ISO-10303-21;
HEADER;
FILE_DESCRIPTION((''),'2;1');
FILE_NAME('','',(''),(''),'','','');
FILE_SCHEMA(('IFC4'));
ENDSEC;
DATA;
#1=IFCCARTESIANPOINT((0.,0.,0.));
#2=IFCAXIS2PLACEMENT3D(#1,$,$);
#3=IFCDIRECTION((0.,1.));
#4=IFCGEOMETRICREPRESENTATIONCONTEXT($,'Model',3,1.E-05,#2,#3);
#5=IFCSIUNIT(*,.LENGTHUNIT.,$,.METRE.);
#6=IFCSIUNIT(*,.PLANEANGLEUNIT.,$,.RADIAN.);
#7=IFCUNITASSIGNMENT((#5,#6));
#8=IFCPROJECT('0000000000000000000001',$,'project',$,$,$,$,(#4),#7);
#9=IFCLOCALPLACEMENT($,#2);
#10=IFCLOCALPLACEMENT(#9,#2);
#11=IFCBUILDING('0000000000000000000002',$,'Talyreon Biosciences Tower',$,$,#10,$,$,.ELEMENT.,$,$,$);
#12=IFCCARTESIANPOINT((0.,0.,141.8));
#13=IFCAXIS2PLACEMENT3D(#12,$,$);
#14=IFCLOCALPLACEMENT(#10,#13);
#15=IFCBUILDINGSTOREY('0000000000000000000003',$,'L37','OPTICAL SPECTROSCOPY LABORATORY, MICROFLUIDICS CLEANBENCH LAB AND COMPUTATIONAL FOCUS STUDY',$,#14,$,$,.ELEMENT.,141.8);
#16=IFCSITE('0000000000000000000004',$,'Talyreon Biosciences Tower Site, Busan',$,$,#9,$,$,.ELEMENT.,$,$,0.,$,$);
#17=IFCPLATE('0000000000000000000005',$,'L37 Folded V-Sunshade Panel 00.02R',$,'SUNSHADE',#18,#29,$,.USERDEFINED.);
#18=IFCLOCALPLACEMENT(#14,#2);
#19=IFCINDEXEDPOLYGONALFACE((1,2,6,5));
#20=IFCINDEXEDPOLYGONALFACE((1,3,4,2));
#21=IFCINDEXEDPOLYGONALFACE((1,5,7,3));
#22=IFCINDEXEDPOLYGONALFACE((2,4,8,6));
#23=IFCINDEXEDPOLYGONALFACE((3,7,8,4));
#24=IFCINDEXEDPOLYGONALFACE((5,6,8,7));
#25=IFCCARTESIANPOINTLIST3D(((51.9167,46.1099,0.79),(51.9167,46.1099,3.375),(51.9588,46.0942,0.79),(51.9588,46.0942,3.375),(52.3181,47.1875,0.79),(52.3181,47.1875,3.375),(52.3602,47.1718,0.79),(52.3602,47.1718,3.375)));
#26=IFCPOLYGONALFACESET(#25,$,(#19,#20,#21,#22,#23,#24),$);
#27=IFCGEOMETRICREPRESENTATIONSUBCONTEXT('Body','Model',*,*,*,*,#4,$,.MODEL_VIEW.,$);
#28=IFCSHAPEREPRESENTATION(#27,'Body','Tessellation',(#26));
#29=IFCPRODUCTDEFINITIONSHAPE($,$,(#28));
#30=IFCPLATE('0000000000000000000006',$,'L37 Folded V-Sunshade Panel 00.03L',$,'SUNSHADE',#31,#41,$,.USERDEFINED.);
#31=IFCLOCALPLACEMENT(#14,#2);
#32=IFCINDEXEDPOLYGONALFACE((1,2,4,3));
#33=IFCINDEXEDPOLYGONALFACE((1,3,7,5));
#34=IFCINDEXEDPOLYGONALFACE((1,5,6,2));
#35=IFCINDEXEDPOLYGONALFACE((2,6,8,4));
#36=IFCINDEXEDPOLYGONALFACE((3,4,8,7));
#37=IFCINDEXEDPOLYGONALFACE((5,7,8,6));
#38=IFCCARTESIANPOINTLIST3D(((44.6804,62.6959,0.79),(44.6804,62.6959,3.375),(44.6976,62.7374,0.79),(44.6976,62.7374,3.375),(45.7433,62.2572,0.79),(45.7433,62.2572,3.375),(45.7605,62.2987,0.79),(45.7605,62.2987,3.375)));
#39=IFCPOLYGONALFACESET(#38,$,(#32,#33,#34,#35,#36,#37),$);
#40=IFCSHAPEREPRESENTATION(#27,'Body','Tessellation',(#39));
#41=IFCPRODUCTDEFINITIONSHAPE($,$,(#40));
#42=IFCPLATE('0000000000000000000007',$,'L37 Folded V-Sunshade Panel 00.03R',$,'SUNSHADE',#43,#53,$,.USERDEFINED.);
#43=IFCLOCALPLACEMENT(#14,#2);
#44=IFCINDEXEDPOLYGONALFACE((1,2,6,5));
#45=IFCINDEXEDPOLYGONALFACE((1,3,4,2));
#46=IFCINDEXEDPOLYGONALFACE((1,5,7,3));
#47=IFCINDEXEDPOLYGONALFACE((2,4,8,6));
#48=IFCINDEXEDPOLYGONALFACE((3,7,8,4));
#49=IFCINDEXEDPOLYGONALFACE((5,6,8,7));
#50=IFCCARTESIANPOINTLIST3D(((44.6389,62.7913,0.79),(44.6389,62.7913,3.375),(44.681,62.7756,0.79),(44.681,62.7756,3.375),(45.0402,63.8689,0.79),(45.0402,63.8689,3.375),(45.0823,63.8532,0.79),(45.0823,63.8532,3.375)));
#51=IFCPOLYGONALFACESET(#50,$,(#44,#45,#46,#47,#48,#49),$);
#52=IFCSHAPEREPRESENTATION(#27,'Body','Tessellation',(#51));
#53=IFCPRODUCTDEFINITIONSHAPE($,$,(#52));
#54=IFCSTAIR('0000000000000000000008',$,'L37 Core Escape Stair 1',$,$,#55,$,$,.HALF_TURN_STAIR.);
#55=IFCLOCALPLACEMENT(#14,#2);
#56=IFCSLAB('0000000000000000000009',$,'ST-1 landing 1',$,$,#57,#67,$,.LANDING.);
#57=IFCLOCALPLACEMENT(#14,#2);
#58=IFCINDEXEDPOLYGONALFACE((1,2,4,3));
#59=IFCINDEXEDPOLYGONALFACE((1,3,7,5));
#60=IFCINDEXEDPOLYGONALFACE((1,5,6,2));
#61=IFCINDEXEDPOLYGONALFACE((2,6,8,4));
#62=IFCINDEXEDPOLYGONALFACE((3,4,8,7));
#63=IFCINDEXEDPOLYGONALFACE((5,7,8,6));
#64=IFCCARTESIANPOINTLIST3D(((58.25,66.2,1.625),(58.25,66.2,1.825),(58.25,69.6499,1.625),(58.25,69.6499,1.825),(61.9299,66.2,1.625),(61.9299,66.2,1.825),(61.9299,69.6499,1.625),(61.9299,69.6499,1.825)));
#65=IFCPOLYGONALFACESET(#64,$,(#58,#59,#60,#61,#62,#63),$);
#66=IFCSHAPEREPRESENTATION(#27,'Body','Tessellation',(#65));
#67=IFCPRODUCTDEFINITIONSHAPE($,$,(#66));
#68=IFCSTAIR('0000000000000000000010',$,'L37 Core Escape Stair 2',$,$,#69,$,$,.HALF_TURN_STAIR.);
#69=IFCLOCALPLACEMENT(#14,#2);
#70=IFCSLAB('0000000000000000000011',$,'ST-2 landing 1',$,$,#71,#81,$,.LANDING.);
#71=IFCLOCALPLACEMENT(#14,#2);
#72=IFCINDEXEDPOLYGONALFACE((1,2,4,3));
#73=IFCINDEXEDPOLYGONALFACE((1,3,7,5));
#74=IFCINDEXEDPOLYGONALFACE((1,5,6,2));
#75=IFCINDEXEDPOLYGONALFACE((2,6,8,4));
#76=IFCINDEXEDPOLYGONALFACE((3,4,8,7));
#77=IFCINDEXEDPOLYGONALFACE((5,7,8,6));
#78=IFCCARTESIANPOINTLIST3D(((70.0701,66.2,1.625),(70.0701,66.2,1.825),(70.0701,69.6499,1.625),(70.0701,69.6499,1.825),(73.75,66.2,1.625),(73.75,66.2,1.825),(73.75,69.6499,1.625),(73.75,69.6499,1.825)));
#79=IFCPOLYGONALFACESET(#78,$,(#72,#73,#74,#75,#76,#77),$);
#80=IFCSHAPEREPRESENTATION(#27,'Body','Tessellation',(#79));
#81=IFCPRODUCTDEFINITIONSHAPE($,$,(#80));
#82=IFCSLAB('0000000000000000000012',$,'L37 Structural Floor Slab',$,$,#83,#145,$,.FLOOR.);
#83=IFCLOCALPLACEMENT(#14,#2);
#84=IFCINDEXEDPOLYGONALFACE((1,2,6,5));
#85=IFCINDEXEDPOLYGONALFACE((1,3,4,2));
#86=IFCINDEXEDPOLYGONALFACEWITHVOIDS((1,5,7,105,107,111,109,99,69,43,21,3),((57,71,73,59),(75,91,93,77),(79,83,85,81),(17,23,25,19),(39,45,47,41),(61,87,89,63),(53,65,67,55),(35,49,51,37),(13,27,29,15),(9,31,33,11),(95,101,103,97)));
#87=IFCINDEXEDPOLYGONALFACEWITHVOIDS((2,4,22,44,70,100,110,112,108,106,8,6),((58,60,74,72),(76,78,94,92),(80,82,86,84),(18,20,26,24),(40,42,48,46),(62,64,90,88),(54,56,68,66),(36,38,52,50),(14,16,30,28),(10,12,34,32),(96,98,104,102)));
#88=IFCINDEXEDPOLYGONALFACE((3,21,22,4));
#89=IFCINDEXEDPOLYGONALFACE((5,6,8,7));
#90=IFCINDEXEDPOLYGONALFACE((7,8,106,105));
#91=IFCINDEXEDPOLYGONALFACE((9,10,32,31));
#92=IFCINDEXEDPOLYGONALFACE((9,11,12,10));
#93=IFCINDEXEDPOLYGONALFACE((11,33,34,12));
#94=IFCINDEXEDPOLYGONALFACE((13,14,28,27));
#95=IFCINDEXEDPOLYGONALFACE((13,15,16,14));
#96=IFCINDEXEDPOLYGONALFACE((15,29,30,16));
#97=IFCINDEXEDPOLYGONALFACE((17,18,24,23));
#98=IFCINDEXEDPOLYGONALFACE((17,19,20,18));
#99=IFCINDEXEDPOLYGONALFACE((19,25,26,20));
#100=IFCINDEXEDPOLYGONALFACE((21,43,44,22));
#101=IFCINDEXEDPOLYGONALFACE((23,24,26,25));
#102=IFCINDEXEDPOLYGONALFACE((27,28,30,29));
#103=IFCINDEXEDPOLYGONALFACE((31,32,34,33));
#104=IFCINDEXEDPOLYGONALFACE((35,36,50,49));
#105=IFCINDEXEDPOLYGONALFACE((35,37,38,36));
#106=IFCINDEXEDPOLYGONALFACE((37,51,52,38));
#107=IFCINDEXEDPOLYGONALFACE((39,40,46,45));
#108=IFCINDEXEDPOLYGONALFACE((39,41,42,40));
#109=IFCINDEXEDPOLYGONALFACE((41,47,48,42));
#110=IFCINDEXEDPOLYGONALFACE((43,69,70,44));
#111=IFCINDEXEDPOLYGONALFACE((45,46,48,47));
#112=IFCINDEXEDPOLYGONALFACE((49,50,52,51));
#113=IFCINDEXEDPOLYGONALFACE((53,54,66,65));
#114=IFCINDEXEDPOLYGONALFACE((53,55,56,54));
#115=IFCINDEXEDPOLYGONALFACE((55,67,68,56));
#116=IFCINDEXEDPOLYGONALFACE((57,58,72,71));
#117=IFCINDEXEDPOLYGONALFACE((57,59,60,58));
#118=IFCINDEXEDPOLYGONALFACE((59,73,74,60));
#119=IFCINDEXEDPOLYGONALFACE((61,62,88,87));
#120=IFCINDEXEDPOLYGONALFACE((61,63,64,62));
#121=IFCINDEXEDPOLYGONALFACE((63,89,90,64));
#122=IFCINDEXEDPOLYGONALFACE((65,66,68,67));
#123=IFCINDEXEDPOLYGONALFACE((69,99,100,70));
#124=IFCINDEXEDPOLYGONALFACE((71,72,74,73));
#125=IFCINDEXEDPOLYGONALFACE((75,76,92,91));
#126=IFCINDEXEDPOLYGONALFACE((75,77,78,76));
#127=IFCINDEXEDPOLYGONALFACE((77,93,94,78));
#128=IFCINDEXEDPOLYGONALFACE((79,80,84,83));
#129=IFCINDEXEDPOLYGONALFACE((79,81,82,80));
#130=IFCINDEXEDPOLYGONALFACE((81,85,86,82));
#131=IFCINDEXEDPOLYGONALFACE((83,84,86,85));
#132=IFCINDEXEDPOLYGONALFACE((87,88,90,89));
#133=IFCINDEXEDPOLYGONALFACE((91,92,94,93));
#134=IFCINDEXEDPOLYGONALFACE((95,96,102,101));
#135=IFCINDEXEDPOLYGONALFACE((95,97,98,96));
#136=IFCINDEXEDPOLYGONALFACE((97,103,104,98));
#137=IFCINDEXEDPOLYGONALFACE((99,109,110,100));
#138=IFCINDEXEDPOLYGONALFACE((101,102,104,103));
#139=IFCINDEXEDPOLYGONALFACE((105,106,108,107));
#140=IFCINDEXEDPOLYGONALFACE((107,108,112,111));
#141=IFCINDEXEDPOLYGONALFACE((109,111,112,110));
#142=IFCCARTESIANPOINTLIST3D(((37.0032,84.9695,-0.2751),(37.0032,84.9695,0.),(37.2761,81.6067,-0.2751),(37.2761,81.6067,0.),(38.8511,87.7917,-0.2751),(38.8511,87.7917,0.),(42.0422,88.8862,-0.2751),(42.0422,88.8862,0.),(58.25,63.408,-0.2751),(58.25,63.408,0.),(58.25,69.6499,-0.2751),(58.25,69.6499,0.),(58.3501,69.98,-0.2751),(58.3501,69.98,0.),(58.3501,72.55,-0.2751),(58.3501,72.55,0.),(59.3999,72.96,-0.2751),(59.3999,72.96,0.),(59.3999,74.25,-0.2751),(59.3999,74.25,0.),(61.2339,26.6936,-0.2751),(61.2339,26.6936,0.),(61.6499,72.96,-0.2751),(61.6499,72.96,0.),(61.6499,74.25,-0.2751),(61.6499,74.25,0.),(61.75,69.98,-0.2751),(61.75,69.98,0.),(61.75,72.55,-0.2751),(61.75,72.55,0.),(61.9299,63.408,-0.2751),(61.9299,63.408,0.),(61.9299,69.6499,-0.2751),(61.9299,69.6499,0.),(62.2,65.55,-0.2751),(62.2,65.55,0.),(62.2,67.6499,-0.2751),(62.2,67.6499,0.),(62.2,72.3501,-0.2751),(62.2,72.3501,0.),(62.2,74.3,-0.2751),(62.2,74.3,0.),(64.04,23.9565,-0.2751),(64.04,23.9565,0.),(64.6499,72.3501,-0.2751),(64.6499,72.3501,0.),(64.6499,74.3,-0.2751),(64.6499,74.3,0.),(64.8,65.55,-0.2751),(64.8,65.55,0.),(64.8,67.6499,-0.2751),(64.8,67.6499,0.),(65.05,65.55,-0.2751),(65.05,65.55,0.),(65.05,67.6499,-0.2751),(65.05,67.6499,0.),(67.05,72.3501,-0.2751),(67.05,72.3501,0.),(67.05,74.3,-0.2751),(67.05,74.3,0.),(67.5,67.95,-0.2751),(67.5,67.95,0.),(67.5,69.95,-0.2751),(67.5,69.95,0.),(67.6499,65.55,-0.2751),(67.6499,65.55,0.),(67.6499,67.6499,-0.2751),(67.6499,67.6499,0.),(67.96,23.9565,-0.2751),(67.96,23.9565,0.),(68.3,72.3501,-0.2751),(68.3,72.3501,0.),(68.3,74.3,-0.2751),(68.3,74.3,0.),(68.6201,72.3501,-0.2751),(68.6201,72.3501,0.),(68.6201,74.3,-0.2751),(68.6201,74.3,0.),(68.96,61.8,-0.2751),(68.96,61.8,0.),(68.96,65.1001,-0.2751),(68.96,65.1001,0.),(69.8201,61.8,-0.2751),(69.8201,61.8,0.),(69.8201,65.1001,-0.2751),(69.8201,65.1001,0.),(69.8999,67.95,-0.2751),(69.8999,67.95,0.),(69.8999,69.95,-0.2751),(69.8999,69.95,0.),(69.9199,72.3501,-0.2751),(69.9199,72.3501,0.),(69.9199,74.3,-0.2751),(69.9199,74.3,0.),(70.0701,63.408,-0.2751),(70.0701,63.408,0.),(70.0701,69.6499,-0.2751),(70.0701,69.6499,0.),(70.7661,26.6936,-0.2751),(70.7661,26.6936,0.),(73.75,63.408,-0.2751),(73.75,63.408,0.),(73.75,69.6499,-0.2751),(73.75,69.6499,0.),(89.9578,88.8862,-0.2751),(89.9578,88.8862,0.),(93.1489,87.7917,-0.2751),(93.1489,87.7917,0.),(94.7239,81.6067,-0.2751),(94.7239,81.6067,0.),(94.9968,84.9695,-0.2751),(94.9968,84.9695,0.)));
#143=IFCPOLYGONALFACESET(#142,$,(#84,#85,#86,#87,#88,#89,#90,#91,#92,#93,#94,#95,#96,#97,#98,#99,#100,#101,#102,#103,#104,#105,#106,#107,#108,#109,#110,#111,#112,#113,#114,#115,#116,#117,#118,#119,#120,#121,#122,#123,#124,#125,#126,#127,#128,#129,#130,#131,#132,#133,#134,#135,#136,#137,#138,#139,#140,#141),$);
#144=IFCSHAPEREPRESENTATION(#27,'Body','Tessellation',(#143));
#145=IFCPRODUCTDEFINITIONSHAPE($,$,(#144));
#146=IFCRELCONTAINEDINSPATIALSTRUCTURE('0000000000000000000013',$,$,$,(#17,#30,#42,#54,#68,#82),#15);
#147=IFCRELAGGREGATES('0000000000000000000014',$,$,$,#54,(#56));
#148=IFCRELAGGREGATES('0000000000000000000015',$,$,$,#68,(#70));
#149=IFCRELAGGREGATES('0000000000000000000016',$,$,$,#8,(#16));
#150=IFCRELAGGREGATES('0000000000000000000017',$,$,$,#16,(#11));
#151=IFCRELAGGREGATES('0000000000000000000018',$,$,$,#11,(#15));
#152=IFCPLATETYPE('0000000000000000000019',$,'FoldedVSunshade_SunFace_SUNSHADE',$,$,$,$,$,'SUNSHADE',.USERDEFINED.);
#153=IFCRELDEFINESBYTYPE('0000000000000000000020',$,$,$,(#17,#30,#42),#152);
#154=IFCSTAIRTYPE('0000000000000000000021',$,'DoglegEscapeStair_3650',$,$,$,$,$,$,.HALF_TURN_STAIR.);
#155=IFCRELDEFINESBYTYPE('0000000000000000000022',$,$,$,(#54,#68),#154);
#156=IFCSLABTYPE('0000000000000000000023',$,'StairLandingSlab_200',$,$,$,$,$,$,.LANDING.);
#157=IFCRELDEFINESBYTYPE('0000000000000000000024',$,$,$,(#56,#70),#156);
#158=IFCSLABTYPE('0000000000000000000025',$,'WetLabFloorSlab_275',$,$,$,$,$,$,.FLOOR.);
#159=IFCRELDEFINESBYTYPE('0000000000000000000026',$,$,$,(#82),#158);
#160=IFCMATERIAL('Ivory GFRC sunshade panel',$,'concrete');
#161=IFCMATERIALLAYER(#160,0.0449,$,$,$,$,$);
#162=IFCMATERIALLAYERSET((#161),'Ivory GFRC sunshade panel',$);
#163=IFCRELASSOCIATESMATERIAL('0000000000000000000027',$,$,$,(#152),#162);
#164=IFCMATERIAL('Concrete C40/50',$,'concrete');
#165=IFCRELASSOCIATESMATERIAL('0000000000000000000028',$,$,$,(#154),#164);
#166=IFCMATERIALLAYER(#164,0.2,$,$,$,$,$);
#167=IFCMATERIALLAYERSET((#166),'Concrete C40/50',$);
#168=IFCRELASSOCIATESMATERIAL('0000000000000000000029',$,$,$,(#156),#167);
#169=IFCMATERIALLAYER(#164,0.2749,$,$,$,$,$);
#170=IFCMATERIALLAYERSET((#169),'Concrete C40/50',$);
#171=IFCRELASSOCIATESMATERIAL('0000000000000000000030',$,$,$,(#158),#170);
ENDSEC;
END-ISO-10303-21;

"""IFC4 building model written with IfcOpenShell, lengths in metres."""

from ifc_helpers import new_model, si_unit, direction, frame, origin, origin_2d, place, context, subcontext, project, spatial, polyline, rectangle, outline, extrude, material, layer, layer_set, type_object, element, aggregate, save


model = new_model("IFC4")

# Units and contexts
model_context = context("Model", 3, precision=1e-05, world=origin(), true_north=direction((0.0, 1.0)))
body_context = subcontext(model_context, "Body", "Model", "MODEL_VIEW")
ifc_project = project(units=[si_unit("LENGTHUNIT", "METRE"), si_unit("PLANEANGLEUNIT", "RADIAN")], contexts=[model_context])

# Site, building, storey
site_placement = place(None, origin())
site = spatial("IfcSite", under=ifc_project, at=site_placement, Name="Talyreon Biosciences Tower Site, Busan", CompositionType="ELEMENT", RefElevation=0.0)
building_placement = place(site_placement, origin())
building = spatial("IfcBuilding", under=site, at=building_placement, Name="Talyreon Biosciences Tower", CompositionType="ELEMENT")
storey_placement = place(building_placement, frame((0.0, 0.0, 141.8)))
storey = spatial("IfcBuildingStorey", under=building, at=storey_placement, Name="L37", Description="OPTICAL SPECTROSCOPY LABORATORY, MICROFLUIDICS CLEANBENCH LAB AND COMPUTATIONAL FOCUS STUDY", CompositionType="ELEMENT", Elevation=141.8)

# Plates
ifc_material_1 = material(Name="Ivory GFRC sunshade panel", Category="concrete")
ifc_layer_1 = layer(ifc_material_1, 0.0449)
ifc_layer_set_1 = layer_set([ifc_layer_1], Name="Ivory GFRC sunshade panel")
plate_type_1 = type_object("IfcPlateType", Name="FoldedVSunshade_SunFace_SUNSHADE", ElementType="SUNSHADE", PredefinedType="USERDEFINED", material=ifc_layer_set_1)
for number, where, z_axis, x_axis, name in (
    (1, (52.1384, 46.6409, 0.79), (0.0, 0.0, 1.0), (0.349046, 0.937105, 0.0), "L37 Folded V-Sunshade Panel 00.02R"),
    (2, (45.2205, 62.4973, 0.79), (0.0, 0.0, 1.0), (-0.924353, 0.381538, 0.0), "L37 Folded V-Sunshade Panel 00.03L"),
    (3, (44.8606, 63.3223, 0.79), (0.0, 0.0, 1.0), (0.349046, 0.937105, 0.0), "L37 Folded V-Sunshade Panel 00.03R"),
):
    element("IfcPlate", number, at=place(storey_placement, frame(where, z_axis=z_axis, x_axis=x_axis)), inside=storey, type_object=plate_type_1, Name=name, ObjectType="SUNSHADE", PredefinedType="USERDEFINED", context=body_context, shape_type="SweptSolid", body=[
        extrude(rectangle(XDim=1.1499, YDim=0.0449, at=origin_2d()), origin(), (0.0, 0.0, 1.0), 2.585),
    ])

# Stairs, slabs
ifc_material_2 = material(Name="Concrete C40/50", Category="concrete")
stair_type = type_object("IfcStairType", Name="DoglegEscapeStair_3650", PredefinedType="HALF_TURN_STAIR", material=ifc_material_2)
stair_1_placement = place(storey_placement, origin())
stair_1 = element("IfcStair", 4, at=stair_1_placement, inside=storey, type_object=stair_type, Name="L37 Core Escape Stair 1", PredefinedType="HALF_TURN_STAIR")
ifc_layer_2 = layer(ifc_material_2, 0.2)
ifc_layer_set_2 = layer_set([ifc_layer_2], Name="Concrete C40/50")
slab_type_1 = type_object("IfcSlabType", Name="StairLandingSlab_200", PredefinedType="LANDING", material=ifc_layer_set_2)
slab_1_placement = place(storey_placement, frame((0.0, 0.0, 1.625)))
slab_1 = element("IfcSlab", 5, at=slab_1_placement, type_object=slab_type_1, Name="ST-1 landing 1", PredefinedType="LANDING", context=body_context, shape_type="SweptSolid", body=[
    extrude(outline(polyline([(61.9299, 66.2), (61.9299, 69.6499), (58.25, 69.6499), (58.25, 66.2), (61.9299, 66.2)])), origin(), (0.0, 0.0, 1.0), 0.2),
])
aggregate(stair_1, [slab_1])
stair_2_placement = place(storey_placement, origin())
stair_2 = element("IfcStair", 6, at=stair_2_placement, inside=storey, type_object=stair_type, Name="L37 Core Escape Stair 2", PredefinedType="HALF_TURN_STAIR")
slab_2_placement = place(storey_placement, frame((0.0, 0.0, 1.625)))
slab_2 = element("IfcSlab", 7, at=slab_2_placement, type_object=slab_type_1, Name="ST-2 landing 1", PredefinedType="LANDING", context=body_context, shape_type="SweptSolid", body=[
    extrude(outline(polyline([(73.75, 66.2), (73.75, 69.6499), (70.0701, 69.6499), (70.0701, 66.2), (73.75, 66.2)])), origin(), (0.0, 0.0, 1.0), 0.2),
])
aggregate(stair_2, [slab_2])

# Slab
ifc_layer_3 = layer(ifc_material_2, 0.2749)
ifc_layer_set_3 = layer_set([ifc_layer_3], Name="Concrete C40/50")
slab_type_2 = type_object("IfcSlabType", Name="WetLabFloorSlab_275", PredefinedType="FLOOR", material=ifc_layer_set_3)
slab_3_placement = place(storey_placement, frame((0.0, 0.0, -0.2751)))
element("IfcSlab", 8, at=slab_3_placement, inside=storey, type_object=slab_type_2, Name="L37 Structural Floor Slab", PredefinedType="FLOOR", context=body_context, shape_type="SweptSolid", body=[
    extrude(outline(polyline([(61.2339, 26.6936), (37.2761, 81.6067), (37.0032, 84.9695), (38.8511, 87.7917), (42.0422, 88.8862), (89.9578, 88.8862), (93.1489, 87.7917), (94.9968, 84.9695), (94.7239, 81.6067), (70.7661, 26.6936), (67.96, 23.9565), (64.04, 23.9565), (61.2339, 26.6936)]), holes=[polyline([(61.9299, 69.6499), (61.9299, 63.408), (58.25, 63.408), (58.25, 69.6499), (61.9299, 69.6499)]), polyline([(64.8, 67.6499), (64.8, 65.55), (62.2, 65.55), (62.2, 67.6499), (64.8, 67.6499)]), polyline([(67.6499, 67.6499), (67.6499, 65.55), (65.05, 65.55), (65.05, 67.6499), (67.6499, 67.6499)]), polyline([(61.75, 69.98), (58.3501, 69.98), (58.3501, 72.55), (61.75, 72.55), (61.75, 69.98)]), polyline([(64.6499, 72.3501), (62.2, 72.3501), (62.2, 74.3), (64.6499, 74.3), (64.6499, 72.3501)]), polyline([(61.6499, 74.25), (61.6499, 72.96), (59.3999, 72.96), (59.3999, 74.25), (61.6499, 74.25)]), polyline([(69.8201, 61.8), (68.96, 61.8), (68.96, 65.1001), (69.8201, 65.1001), (69.8201, 61.8)]), polyline([(73.75, 63.408), (70.0701, 63.408), (70.0701, 69.6499), (73.75, 69.6499), (73.75, 63.408)]), polyline([(69.8999, 69.95), (69.8999, 67.95), (67.5, 67.95), (67.5, 69.95), (69.8999, 69.95)]), polyline([(68.3, 72.3501), (67.05, 72.3501), (67.05, 74.3), (68.3, 74.3), (68.3, 72.3501)]), polyline([(69.9199, 72.3501), (68.6201, 72.3501), (68.6201, 74.3), (69.9199, 74.3), (69.9199, 72.3501)])]), origin(), (0.0, 0.0, 1.0), 0.2751),
])

save(model, "model.ifc")
